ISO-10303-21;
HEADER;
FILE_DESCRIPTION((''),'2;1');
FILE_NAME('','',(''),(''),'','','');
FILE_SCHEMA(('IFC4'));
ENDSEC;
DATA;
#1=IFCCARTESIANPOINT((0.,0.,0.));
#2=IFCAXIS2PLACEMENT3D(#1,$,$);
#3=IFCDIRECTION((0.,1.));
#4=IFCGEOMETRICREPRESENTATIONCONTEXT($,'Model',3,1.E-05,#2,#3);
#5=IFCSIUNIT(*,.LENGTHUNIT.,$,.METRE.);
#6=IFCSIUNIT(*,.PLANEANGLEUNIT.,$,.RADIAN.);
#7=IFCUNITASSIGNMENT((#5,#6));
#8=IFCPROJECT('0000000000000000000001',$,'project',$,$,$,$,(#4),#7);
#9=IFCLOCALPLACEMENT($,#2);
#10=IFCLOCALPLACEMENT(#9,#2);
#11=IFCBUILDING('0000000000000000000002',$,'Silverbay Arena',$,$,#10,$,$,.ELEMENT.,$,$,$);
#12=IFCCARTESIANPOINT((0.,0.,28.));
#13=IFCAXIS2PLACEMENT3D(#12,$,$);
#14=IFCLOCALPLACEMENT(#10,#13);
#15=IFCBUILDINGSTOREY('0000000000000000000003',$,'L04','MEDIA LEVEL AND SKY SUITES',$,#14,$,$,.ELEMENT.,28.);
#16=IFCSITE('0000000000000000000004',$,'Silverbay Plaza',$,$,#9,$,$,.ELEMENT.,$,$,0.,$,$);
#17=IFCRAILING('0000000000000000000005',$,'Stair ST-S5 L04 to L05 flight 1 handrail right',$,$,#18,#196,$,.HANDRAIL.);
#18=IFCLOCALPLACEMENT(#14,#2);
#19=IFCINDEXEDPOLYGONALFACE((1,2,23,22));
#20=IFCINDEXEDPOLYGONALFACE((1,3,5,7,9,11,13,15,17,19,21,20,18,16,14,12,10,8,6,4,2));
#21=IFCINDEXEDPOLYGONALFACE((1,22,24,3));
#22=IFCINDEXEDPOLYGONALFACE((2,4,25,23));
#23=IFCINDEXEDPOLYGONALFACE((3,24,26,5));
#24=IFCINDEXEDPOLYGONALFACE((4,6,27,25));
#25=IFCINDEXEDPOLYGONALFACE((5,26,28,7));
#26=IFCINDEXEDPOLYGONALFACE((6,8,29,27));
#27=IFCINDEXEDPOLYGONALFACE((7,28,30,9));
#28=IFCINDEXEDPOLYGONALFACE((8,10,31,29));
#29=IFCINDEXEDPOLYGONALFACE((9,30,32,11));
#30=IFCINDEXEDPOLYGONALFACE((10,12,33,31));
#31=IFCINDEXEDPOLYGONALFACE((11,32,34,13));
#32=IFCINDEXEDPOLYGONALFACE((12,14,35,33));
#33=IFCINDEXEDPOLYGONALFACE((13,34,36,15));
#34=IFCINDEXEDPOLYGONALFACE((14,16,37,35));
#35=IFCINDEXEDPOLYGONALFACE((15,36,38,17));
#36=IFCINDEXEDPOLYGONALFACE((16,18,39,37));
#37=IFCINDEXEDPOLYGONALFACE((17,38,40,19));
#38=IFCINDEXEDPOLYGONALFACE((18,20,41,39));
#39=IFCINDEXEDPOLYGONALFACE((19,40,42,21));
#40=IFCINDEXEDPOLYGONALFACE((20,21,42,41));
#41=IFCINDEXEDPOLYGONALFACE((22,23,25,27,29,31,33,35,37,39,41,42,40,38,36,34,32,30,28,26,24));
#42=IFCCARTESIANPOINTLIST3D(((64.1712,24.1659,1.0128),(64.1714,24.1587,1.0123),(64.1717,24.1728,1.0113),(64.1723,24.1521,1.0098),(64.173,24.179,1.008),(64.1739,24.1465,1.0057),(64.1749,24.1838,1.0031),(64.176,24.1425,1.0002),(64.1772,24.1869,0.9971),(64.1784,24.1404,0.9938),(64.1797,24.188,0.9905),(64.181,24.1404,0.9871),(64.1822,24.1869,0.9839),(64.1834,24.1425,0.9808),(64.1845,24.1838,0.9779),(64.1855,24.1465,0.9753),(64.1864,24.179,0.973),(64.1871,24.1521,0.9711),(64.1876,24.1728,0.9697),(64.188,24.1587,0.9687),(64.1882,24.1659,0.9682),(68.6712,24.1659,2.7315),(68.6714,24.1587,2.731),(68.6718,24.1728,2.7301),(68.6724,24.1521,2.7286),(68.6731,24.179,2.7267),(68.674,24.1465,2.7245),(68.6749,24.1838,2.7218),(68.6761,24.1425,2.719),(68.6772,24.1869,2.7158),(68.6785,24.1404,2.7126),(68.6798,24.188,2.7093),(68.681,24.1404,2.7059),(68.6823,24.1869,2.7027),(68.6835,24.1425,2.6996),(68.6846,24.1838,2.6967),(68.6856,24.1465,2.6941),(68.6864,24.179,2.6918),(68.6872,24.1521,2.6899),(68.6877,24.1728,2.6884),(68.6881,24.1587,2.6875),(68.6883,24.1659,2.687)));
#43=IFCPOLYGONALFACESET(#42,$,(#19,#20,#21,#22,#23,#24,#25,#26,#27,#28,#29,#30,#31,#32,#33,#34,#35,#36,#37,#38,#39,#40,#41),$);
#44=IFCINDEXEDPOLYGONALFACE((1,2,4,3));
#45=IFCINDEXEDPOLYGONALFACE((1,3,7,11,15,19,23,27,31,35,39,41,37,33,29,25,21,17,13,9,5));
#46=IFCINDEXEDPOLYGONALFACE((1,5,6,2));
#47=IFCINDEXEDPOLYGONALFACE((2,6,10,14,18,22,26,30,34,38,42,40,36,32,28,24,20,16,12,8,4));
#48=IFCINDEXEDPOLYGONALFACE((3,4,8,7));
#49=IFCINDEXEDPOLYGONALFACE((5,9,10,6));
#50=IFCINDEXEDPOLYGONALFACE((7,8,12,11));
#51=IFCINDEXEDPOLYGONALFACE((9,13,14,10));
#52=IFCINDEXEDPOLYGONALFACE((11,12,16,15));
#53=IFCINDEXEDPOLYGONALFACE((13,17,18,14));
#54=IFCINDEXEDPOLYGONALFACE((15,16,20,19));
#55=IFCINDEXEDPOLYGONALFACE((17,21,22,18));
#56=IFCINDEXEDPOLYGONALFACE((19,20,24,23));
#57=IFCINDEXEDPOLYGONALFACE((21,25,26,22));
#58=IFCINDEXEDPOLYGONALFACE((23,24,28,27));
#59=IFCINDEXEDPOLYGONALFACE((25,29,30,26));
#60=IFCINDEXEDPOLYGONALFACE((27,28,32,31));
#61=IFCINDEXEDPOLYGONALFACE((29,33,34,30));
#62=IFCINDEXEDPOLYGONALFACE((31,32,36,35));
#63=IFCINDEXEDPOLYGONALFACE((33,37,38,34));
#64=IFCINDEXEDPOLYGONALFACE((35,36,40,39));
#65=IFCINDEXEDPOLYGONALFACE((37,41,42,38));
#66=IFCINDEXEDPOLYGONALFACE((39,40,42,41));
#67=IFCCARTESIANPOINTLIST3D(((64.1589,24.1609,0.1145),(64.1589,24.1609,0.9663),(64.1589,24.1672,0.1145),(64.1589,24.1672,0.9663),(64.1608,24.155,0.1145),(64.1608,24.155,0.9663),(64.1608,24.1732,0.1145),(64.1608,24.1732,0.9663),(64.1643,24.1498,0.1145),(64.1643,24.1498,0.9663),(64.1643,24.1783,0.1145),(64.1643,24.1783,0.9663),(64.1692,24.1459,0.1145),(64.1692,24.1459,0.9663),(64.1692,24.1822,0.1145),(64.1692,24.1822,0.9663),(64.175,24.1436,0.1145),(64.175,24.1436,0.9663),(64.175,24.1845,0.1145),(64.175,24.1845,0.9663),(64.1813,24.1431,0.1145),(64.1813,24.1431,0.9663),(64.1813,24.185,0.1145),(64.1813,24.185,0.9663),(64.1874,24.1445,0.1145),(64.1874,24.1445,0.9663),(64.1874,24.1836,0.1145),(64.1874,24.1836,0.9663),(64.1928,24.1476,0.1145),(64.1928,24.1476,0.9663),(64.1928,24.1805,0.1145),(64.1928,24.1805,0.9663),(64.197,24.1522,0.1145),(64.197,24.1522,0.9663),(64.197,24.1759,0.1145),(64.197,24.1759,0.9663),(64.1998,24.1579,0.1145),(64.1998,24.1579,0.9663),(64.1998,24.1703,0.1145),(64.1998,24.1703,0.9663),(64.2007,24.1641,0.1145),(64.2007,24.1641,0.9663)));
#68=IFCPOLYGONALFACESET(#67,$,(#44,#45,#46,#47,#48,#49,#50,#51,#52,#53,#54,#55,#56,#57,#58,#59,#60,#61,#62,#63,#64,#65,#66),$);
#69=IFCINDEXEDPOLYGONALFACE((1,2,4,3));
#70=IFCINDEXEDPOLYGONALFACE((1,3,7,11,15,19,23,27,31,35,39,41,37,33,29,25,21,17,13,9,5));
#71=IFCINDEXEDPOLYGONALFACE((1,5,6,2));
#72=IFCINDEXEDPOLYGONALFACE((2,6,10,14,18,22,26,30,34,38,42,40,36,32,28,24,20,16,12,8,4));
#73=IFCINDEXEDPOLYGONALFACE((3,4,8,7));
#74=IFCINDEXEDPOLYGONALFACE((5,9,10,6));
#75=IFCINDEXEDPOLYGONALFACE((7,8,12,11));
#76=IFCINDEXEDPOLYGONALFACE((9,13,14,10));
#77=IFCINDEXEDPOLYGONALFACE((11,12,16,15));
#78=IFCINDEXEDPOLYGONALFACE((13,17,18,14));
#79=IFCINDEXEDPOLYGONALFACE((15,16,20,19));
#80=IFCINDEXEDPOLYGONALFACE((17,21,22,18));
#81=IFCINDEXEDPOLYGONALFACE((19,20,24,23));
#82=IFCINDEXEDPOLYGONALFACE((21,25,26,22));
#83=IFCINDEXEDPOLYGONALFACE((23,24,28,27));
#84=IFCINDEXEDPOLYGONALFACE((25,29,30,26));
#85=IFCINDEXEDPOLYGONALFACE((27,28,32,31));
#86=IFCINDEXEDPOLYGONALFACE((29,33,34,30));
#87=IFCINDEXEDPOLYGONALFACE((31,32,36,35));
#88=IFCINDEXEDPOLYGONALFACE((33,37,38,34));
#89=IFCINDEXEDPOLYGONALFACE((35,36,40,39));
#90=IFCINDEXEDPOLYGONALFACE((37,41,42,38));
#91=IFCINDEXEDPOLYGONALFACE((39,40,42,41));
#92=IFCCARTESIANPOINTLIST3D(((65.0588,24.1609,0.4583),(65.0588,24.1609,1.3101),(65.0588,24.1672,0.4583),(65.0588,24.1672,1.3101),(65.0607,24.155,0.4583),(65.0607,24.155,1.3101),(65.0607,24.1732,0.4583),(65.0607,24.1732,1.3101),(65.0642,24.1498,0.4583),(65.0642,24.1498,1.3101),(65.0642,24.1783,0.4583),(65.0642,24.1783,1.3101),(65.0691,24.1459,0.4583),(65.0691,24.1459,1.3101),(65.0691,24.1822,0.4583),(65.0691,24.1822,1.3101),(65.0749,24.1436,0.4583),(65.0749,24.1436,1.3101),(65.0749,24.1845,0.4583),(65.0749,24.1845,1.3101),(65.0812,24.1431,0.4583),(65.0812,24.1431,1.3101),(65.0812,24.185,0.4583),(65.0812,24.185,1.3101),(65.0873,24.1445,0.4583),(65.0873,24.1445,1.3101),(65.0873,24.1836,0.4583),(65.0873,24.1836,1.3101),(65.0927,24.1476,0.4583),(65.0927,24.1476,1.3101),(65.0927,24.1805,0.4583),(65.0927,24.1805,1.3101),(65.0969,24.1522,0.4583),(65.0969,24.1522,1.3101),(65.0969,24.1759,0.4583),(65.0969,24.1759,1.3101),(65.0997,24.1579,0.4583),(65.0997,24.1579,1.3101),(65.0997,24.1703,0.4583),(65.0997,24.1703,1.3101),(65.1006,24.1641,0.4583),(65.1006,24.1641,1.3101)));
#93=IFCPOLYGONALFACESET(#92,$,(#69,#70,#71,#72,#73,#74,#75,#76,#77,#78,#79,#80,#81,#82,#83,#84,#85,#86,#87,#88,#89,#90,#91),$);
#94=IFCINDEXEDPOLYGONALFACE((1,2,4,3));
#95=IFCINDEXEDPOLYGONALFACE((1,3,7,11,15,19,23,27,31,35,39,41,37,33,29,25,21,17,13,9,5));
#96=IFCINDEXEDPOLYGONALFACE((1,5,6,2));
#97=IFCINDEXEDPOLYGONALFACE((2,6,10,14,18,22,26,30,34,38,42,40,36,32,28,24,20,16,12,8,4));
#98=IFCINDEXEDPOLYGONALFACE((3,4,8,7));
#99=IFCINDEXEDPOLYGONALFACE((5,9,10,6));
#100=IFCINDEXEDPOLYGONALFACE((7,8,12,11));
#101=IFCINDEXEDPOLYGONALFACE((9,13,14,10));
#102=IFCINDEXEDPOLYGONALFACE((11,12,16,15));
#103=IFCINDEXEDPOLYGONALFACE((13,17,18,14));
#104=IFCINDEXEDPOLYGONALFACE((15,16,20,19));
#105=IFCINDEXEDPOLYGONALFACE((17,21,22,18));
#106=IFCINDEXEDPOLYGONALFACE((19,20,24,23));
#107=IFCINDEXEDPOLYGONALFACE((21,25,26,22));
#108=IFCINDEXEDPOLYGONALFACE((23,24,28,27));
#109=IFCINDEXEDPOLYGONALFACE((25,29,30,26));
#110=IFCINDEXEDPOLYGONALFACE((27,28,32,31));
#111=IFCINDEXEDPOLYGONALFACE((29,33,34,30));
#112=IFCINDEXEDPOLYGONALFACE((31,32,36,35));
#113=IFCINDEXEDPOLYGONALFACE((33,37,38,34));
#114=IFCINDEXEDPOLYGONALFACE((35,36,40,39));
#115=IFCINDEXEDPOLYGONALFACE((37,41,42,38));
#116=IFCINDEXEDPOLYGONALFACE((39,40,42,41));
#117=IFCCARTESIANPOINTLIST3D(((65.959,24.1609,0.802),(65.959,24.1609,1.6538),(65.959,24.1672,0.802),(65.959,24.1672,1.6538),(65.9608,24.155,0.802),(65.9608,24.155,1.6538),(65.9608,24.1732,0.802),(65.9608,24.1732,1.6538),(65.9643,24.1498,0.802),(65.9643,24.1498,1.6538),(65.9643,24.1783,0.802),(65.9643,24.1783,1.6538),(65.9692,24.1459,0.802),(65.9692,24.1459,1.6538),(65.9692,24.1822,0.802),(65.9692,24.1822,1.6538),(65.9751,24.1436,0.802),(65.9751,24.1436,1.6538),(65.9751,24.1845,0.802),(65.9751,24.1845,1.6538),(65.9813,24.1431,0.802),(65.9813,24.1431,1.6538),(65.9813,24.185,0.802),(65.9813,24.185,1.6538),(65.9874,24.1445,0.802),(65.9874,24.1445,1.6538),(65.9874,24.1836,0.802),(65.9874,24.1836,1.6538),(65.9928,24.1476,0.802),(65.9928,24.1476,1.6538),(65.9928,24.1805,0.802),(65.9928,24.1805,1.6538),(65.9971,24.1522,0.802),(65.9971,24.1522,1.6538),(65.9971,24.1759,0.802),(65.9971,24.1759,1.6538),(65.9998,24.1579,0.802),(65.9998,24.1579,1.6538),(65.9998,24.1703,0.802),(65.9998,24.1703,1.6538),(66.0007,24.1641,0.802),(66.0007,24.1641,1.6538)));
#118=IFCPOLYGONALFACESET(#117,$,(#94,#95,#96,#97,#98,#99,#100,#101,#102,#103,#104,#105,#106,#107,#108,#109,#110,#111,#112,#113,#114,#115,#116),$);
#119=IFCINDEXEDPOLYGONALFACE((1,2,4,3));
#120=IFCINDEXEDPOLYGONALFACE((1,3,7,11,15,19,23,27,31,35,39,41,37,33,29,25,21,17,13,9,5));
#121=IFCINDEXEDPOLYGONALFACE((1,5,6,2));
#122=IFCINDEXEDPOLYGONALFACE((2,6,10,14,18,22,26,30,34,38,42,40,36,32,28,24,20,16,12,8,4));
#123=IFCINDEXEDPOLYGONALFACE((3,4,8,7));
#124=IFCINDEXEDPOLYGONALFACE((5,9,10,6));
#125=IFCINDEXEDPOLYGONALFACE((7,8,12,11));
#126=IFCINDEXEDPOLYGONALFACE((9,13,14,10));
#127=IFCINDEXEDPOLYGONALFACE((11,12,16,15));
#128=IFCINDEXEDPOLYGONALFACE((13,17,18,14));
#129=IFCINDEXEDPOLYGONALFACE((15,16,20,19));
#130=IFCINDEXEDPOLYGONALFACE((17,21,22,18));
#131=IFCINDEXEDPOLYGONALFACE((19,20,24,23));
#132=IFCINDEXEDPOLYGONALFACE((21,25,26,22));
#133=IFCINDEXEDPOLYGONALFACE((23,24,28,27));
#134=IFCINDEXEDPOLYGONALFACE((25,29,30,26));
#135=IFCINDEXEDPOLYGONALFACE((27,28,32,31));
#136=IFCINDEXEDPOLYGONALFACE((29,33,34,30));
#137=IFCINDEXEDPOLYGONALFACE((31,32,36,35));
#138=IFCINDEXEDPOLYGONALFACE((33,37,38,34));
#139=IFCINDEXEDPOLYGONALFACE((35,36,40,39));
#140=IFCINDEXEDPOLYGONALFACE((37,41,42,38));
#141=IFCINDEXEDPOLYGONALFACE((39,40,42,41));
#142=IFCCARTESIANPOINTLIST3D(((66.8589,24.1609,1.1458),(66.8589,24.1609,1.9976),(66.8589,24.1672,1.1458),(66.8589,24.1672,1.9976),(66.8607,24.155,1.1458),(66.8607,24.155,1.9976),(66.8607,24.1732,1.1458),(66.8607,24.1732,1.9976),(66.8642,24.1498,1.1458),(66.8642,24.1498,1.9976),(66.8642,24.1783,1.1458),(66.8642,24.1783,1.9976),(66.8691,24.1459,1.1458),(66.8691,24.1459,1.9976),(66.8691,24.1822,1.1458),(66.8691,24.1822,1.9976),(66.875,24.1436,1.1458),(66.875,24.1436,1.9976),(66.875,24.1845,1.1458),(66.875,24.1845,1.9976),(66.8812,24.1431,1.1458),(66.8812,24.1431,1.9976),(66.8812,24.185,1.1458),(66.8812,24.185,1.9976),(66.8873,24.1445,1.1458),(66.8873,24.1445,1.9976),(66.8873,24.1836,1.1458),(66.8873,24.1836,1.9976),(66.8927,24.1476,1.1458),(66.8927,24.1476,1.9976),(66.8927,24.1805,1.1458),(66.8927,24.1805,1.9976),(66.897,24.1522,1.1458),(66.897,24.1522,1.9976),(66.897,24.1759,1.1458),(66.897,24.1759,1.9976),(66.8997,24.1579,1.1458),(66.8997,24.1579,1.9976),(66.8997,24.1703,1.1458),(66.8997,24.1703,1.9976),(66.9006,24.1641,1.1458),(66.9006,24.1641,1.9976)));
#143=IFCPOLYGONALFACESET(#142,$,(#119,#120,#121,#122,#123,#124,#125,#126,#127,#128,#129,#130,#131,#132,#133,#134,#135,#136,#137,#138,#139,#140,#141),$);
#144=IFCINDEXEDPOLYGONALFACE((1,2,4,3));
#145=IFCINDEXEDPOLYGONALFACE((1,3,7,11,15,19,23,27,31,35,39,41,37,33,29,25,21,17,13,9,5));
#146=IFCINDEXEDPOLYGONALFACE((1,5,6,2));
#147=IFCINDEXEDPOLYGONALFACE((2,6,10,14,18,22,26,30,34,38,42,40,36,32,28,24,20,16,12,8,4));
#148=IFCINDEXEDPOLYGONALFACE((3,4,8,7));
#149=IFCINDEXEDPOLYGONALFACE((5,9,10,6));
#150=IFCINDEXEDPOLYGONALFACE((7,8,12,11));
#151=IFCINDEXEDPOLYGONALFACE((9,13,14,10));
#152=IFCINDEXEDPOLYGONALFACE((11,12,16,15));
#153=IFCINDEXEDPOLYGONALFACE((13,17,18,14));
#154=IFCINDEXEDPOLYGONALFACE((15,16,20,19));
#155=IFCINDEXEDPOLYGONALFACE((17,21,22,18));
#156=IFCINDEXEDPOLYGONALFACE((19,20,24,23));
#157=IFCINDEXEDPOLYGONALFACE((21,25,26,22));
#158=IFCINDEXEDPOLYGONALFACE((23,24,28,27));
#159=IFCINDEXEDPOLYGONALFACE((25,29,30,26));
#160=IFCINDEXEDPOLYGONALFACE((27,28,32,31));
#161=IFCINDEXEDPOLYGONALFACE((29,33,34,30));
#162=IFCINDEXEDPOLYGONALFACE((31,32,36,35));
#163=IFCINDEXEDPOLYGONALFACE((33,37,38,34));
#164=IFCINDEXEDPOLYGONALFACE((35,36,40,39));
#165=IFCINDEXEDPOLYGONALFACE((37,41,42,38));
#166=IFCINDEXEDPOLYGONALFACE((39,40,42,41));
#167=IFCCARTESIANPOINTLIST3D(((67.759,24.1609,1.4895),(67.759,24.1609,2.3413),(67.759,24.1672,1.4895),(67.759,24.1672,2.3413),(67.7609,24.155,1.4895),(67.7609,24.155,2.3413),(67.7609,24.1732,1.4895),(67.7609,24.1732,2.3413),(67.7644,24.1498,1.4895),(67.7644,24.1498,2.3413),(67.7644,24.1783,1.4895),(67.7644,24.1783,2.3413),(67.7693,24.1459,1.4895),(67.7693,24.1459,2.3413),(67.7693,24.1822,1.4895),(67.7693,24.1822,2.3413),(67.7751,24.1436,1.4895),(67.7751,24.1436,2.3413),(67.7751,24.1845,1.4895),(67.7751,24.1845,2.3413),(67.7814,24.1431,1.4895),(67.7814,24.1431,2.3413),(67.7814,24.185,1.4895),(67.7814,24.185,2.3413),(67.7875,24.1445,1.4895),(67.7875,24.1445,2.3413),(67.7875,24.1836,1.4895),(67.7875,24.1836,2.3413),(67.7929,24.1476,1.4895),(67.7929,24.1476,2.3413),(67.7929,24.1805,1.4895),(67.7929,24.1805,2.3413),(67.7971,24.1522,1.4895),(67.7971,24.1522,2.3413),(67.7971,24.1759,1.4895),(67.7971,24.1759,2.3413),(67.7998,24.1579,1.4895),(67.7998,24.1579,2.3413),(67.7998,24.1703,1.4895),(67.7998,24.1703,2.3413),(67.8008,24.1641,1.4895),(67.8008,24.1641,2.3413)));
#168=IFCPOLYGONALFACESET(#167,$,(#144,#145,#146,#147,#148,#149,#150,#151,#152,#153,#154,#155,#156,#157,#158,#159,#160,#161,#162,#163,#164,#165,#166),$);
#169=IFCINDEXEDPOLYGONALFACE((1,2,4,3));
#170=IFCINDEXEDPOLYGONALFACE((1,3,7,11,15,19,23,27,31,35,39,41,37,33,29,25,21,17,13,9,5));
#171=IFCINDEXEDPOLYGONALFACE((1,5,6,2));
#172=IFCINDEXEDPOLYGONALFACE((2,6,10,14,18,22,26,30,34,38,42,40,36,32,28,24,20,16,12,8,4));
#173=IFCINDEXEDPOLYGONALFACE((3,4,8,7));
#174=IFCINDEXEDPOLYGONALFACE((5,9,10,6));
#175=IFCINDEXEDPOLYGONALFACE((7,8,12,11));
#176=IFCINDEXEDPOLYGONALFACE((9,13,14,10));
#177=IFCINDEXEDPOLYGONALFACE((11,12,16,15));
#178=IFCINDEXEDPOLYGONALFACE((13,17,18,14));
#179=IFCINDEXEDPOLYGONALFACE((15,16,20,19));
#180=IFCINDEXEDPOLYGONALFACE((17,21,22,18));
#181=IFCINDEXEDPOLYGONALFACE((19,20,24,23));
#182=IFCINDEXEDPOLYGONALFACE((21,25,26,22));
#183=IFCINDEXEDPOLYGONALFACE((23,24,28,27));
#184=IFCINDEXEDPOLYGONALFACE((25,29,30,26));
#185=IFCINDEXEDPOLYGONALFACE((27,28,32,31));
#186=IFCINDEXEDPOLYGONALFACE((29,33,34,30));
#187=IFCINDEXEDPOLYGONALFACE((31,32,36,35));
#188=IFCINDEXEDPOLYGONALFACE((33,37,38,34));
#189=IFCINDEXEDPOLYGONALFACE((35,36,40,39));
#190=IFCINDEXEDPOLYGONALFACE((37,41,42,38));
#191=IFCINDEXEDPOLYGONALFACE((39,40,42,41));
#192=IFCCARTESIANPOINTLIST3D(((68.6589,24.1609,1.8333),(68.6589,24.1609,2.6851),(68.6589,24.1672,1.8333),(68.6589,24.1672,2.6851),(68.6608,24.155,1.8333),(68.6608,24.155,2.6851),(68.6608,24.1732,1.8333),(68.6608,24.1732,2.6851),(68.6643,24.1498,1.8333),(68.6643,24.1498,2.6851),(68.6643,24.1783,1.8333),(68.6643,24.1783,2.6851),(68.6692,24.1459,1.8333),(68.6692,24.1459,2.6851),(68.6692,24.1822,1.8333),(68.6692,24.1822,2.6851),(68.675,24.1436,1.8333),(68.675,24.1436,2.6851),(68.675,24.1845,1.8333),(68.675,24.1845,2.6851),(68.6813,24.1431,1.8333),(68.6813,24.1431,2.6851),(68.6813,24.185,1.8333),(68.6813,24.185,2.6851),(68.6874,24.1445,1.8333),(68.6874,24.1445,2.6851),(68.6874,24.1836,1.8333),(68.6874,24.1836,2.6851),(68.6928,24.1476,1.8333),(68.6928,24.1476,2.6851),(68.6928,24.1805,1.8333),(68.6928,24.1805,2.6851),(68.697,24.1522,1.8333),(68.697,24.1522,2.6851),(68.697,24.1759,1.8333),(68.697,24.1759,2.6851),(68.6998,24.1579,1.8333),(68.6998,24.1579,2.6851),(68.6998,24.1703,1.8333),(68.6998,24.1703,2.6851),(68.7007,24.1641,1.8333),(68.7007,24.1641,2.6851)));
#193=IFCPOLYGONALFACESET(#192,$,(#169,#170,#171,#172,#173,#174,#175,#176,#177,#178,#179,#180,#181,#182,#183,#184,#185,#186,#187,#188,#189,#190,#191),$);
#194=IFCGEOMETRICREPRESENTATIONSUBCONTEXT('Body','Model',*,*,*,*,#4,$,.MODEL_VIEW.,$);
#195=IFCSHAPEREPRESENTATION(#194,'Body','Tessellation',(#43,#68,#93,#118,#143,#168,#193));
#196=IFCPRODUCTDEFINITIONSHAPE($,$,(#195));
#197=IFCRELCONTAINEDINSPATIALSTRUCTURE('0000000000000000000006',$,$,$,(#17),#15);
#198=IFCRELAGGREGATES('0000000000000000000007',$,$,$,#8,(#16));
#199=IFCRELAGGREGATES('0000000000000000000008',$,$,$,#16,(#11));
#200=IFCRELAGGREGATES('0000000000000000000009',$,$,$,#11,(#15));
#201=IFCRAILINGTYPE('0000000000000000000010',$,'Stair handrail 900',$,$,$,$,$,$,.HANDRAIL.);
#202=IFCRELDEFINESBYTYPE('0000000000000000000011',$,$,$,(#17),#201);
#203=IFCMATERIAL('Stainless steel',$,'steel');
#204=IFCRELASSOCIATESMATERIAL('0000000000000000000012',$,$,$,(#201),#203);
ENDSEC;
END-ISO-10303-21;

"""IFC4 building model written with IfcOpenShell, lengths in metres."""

from ifc_helpers import new_model, si_unit, direction, frame, origin, origin_2d, place, context, subcontext, project, spatial, circle, extrude, material, type_object, element, save


model = new_model("IFC4")

# Units and contexts
model_context = context("Model", 3, precision=1e-05, world=origin(), true_north=direction((0.0, 1.0)))
body_context = subcontext(model_context, "Body", "Model", "MODEL_VIEW")
ifc_project = project(units=[si_unit("LENGTHUNIT", "METRE"), si_unit("PLANEANGLEUNIT", "RADIAN")], contexts=[model_context])

# Site, building, storey
site_placement = place(None, origin())
site = spatial("IfcSite", under=ifc_project, at=site_placement, Name="Silverbay Plaza", CompositionType="ELEMENT", RefElevation=0.0)
building_placement = place(site_placement, origin())
building = spatial("IfcBuilding", under=site, at=building_placement, Name="Silverbay Arena", CompositionType="ELEMENT")
storey_placement = place(building_placement, frame((0.0, 0.0, 28.0)))
storey = spatial("IfcBuildingStorey", under=building, at=storey_placement, Name="L04", Description="MEDIA LEVEL AND SKY SUITES", CompositionType="ELEMENT", Elevation=28.0)

# Railing
ifc_material_1 = material(Name="Stainless steel", Category="steel")
railing_type_1 = type_object("IfcRailingType", Name="Stair handrail 900", PredefinedType="HANDRAIL", material=ifc_material_1)
for number, where, name in (
    (1, (64.1797, 24.1641, 0.1145), "Stair ST-S5 L04 to L05 flight 1 handrail right"),
):
    element("IfcRailing", number, at=place(storey_placement, frame(where)), inside=storey, type_object=railing_type_1, Name=name, PredefinedType="HANDRAIL", context=body_context, shape_type="SweptSolid", body=[
        extrude(circle(Radius=0.0239, at=origin_2d()), frame((0.0, 0.0, 0.876), z_axis=(0.934179, 0.0, 0.356805), x_axis=(0.0, 1.0, 0.0)), (0.0, 0.0, 1.0), 4.8171),
        extrude(circle(Radius=0.021, at=origin_2d()), origin(), (0.0, 0.0, 1.0), 0.8518),
        extrude(circle(Radius=0.021, at=origin_2d()), frame((0.8999, 0.0, 0.3438)), (0.0, 0.0, 1.0), 0.8518),
        extrude(circle(Radius=0.021, at=origin_2d()), frame((1.8, 0.0, 0.6875)), (0.0, 0.0, 1.0), 0.8518),
        extrude(circle(Radius=0.021, at=origin_2d()), frame((2.7, 0.0, 1.0312)), (0.0, 0.0, 1.0), 0.8518),
        extrude(circle(Radius=0.021, at=origin_2d()), frame((3.6001, 0.0, 1.375)), (0.0, 0.0, 1.0), 0.8518),
        extrude(circle(Radius=0.021, at=origin_2d()), frame((4.5, 0.0, 1.7188)), (0.0, 0.0, 1.0), 0.8518),
    ])

save(model, "model.ifc")
